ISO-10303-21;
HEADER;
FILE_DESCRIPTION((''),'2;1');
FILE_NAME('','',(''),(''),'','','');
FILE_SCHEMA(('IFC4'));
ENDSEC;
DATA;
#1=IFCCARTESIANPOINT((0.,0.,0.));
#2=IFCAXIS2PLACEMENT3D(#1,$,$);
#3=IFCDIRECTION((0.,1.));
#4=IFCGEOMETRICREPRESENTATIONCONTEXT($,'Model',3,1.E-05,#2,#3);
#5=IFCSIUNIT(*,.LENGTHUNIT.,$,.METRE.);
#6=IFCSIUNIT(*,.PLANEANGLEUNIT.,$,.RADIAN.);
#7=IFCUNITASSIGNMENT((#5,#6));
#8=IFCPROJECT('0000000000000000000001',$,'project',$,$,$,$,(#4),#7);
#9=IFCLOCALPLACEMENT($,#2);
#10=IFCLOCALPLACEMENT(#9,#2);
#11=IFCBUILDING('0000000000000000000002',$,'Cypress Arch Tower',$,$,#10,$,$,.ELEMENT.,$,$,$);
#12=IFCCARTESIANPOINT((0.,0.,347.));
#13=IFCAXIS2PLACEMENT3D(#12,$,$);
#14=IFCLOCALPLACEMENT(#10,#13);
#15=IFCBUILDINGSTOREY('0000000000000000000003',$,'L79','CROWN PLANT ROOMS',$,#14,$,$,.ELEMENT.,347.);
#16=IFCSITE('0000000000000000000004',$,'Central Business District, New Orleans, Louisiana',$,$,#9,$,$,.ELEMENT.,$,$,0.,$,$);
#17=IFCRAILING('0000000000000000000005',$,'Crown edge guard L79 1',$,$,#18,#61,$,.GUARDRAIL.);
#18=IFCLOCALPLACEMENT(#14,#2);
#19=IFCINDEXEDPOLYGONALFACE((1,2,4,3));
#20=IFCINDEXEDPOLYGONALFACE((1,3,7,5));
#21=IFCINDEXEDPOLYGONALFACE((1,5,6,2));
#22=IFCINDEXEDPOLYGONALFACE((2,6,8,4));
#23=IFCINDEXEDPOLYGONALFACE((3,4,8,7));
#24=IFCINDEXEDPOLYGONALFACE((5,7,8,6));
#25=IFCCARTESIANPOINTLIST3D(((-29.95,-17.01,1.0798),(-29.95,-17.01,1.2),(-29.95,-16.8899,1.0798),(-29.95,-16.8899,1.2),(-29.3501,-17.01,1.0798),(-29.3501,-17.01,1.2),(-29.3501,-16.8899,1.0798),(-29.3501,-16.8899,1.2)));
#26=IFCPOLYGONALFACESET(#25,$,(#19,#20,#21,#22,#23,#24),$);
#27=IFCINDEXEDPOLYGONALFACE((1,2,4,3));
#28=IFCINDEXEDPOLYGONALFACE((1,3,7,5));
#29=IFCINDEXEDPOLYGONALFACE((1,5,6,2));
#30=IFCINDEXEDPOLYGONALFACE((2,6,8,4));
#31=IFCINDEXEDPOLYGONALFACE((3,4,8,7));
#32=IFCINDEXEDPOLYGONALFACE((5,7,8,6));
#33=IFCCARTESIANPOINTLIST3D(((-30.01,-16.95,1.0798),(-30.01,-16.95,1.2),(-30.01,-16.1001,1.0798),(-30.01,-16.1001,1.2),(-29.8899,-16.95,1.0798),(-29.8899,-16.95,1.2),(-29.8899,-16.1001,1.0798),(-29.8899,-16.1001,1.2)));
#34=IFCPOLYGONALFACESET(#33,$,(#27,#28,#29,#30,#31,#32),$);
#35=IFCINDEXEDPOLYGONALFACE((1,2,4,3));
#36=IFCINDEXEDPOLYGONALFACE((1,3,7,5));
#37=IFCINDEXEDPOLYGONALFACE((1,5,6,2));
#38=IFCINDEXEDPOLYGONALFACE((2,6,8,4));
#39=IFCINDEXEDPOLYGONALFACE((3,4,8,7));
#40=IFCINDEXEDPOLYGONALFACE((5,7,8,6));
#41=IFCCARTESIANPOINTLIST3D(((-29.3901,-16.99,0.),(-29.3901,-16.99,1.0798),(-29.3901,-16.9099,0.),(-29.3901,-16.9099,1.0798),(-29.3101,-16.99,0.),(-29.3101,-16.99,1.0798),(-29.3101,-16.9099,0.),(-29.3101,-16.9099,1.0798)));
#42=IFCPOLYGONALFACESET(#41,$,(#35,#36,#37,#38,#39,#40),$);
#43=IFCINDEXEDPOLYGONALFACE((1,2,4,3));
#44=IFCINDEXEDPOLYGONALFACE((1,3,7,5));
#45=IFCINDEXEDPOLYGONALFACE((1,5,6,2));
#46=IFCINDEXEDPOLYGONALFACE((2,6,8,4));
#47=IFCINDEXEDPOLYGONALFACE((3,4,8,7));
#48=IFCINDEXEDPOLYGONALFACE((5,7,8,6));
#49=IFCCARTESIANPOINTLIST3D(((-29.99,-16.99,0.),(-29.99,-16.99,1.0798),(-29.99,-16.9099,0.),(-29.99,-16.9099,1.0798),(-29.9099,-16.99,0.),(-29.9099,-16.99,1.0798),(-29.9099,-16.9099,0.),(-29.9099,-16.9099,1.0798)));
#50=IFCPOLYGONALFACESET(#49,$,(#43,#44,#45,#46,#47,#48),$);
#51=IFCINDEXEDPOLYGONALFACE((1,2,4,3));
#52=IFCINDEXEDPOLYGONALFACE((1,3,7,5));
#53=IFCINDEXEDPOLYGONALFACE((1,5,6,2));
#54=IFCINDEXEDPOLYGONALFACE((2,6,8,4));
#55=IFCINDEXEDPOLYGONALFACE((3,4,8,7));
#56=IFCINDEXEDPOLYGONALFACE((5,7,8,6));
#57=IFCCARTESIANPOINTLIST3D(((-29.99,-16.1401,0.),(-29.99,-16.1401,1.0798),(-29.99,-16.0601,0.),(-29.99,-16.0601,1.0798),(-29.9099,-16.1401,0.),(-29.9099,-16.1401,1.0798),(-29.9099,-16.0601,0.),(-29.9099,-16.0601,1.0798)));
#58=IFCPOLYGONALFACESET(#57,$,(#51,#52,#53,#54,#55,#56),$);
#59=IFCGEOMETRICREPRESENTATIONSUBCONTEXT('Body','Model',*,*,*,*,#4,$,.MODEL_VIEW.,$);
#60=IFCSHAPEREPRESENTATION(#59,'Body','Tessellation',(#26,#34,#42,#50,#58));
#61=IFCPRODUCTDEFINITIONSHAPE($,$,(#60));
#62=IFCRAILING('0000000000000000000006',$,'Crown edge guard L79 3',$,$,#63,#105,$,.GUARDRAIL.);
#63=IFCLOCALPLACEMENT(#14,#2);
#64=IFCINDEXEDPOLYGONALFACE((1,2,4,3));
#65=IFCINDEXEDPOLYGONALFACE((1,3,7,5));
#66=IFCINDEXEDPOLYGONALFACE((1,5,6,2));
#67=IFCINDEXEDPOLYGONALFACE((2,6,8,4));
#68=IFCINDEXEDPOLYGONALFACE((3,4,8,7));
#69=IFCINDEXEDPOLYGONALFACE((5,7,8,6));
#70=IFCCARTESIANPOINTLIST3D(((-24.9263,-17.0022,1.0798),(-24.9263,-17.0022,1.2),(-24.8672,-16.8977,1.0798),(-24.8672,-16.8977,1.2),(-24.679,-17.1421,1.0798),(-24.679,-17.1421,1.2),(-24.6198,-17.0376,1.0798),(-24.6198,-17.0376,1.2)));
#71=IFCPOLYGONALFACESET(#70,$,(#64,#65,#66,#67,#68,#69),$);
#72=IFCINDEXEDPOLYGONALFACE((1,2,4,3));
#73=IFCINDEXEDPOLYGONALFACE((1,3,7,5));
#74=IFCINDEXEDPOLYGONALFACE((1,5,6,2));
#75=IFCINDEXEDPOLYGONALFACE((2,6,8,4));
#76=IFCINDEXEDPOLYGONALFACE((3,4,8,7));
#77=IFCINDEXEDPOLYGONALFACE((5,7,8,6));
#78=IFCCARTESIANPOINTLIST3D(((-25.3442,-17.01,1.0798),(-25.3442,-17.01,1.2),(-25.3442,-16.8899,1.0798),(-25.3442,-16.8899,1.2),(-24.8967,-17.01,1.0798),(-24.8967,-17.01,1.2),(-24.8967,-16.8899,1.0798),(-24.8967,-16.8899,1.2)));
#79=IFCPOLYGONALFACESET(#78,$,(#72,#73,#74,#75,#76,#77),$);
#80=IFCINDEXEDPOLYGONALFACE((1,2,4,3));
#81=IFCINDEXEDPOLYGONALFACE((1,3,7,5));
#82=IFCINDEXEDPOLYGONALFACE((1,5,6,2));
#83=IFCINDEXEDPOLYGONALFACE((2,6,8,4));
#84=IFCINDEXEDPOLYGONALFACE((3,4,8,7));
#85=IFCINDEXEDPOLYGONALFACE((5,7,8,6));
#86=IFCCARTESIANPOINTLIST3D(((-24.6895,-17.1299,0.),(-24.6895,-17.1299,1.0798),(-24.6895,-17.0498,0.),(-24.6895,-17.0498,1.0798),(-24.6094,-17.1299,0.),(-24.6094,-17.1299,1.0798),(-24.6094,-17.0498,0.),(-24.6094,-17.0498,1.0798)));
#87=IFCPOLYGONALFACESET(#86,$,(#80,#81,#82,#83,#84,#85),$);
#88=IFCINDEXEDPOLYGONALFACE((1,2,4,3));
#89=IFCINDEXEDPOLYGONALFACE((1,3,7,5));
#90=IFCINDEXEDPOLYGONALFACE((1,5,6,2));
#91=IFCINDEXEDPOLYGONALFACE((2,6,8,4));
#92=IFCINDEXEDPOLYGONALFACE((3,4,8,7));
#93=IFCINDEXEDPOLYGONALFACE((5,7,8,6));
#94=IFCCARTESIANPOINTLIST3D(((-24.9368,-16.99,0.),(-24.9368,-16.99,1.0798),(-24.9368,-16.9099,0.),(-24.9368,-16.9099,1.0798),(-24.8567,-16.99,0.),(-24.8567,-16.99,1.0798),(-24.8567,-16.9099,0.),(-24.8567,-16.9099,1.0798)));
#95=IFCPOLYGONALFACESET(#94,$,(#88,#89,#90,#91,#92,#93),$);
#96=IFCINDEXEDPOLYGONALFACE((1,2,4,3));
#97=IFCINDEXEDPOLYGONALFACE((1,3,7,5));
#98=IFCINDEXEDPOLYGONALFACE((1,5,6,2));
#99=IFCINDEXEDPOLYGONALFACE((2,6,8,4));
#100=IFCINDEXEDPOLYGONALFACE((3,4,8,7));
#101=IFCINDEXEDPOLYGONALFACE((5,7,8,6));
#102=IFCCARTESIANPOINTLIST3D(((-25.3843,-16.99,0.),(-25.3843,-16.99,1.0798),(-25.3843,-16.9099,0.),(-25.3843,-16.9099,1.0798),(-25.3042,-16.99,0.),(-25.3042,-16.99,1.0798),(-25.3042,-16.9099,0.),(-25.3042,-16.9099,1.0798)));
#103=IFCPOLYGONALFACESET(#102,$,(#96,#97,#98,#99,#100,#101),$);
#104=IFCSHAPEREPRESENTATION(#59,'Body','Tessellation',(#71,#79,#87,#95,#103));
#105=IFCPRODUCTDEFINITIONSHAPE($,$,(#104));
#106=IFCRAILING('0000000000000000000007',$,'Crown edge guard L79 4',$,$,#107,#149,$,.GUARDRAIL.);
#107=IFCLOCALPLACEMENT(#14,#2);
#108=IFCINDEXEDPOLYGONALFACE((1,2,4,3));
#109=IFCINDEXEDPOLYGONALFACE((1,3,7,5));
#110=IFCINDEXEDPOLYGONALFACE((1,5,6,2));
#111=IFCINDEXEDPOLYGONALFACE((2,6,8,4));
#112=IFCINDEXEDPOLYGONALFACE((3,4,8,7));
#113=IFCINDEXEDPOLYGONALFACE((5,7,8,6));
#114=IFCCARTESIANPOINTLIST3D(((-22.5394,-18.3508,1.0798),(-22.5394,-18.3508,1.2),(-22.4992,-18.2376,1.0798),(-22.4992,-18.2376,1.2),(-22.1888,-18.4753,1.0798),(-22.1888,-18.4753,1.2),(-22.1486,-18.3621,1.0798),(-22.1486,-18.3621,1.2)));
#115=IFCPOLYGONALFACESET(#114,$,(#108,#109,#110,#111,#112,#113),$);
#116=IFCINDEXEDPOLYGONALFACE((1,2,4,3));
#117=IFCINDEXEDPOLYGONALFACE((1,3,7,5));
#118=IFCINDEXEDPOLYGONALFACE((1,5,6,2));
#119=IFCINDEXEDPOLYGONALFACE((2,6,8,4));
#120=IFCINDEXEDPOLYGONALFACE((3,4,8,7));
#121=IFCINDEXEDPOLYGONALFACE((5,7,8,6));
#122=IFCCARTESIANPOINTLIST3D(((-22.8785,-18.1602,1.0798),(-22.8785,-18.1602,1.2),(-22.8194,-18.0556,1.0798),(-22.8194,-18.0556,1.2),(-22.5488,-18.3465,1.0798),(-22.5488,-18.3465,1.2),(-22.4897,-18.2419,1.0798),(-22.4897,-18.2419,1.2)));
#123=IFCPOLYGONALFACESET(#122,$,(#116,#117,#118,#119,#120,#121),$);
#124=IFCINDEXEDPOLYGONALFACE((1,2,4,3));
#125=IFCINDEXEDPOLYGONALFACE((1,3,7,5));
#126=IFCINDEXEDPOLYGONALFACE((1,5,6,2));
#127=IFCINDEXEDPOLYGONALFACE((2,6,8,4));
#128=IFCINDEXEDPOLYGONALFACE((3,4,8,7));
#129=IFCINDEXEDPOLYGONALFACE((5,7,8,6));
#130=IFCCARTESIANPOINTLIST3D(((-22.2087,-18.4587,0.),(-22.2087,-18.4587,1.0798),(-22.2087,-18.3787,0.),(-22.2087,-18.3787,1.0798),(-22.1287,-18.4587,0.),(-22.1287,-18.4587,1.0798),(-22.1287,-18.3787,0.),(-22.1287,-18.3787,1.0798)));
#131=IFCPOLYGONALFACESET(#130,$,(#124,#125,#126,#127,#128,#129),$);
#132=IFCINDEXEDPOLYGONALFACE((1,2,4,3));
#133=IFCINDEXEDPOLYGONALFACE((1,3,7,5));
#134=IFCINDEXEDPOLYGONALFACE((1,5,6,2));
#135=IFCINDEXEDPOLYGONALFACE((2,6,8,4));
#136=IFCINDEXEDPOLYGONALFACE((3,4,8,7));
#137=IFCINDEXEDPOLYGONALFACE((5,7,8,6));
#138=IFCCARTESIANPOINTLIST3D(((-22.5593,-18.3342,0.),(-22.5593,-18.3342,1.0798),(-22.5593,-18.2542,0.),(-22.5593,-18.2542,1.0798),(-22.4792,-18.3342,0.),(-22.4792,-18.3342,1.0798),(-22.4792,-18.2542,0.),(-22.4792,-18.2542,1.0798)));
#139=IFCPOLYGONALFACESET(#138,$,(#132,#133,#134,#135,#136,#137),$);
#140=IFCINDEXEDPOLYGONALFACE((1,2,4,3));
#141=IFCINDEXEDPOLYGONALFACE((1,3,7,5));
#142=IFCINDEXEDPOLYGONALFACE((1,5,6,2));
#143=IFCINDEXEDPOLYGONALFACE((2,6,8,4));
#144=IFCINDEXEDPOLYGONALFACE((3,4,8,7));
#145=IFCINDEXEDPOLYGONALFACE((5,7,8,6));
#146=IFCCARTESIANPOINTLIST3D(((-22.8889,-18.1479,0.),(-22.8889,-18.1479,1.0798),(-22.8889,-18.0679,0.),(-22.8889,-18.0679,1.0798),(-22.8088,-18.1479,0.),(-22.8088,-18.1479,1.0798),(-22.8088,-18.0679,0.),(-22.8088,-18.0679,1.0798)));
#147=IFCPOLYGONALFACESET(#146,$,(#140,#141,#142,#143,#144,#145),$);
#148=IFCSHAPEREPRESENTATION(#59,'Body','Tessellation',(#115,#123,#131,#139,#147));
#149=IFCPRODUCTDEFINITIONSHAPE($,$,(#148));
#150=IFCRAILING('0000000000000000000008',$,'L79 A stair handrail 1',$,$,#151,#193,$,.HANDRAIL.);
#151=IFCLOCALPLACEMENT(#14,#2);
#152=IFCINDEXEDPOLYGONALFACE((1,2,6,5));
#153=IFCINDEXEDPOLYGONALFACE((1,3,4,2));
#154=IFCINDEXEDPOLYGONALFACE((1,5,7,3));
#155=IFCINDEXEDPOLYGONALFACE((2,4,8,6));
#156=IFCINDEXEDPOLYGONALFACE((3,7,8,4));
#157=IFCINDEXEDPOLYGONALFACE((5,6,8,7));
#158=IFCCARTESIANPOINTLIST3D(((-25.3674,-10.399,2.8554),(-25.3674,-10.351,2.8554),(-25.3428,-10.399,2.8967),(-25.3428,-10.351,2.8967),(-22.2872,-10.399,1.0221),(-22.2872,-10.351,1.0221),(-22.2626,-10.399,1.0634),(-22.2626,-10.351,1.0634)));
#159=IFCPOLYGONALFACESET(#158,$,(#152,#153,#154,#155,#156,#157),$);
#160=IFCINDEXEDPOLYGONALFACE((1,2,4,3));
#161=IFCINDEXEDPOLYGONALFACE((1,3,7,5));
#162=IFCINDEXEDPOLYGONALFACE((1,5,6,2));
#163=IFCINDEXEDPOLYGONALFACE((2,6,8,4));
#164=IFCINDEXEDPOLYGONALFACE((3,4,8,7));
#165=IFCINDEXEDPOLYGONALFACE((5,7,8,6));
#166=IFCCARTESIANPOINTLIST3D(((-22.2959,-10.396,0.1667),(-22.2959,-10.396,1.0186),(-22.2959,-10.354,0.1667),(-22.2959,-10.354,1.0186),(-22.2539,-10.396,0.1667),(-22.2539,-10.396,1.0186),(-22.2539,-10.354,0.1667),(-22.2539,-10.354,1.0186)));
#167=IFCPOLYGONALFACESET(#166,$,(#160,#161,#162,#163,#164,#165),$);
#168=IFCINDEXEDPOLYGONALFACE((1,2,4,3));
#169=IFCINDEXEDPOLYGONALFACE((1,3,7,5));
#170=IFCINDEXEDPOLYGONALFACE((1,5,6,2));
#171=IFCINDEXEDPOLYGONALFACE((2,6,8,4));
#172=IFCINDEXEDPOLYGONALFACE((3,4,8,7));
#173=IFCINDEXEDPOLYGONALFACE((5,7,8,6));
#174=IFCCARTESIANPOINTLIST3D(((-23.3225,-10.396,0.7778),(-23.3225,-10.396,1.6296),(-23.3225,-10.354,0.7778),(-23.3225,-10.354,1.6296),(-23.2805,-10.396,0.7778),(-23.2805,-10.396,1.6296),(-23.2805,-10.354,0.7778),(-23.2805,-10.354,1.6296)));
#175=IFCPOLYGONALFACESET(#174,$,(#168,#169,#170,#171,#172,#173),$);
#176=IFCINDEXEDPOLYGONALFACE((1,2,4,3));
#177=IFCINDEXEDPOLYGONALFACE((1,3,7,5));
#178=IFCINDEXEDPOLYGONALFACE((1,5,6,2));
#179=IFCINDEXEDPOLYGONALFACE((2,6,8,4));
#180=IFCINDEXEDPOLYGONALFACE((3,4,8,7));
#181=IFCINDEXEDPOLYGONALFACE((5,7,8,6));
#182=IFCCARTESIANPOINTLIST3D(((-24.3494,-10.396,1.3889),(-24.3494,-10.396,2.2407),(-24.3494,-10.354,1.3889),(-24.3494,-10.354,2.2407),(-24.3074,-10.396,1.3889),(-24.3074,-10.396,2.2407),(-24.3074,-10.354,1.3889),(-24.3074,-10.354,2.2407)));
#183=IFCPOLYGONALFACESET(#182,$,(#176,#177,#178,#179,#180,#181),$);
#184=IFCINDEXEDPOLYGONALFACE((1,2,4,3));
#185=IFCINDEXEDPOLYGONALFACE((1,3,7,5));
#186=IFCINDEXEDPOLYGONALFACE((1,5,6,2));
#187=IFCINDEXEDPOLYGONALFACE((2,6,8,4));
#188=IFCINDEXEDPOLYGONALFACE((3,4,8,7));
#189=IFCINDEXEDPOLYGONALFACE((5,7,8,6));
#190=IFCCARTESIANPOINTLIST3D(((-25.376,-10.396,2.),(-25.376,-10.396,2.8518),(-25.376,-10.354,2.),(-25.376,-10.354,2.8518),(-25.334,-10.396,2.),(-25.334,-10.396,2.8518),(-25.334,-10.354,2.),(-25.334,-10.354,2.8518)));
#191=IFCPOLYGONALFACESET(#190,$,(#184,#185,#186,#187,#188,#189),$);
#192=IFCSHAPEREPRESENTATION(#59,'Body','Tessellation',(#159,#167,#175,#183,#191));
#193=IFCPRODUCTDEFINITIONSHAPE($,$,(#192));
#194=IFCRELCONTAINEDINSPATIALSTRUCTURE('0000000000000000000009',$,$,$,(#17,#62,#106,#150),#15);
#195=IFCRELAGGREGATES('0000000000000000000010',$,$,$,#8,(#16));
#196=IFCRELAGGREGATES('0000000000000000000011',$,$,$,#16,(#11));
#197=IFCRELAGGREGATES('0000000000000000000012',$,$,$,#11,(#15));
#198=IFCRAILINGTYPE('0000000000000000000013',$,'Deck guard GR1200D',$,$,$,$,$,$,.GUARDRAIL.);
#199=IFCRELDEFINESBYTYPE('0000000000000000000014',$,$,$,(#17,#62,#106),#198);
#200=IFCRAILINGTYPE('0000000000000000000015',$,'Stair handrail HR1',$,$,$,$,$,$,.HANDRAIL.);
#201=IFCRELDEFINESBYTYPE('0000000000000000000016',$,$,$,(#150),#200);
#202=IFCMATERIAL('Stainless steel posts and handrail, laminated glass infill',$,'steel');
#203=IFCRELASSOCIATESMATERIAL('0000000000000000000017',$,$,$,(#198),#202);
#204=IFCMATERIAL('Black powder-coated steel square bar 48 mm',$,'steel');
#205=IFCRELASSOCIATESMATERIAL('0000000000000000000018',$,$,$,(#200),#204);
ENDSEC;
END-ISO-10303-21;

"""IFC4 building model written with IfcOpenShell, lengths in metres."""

from ifc_helpers import new_model, si_unit, direction, frame, origin, origin_2d, place, context, subcontext, project, spatial, rectangle, extrude, material, type_object, element, save


model = new_model("IFC4")

# Units and contexts
model_context = context("Model", 3, precision=1e-05, world=origin(), true_north=direction((0.0, 1.0)))
body_context = subcontext(model_context, "Body", "Model", "MODEL_VIEW")
ifc_project = project(units=[si_unit("LENGTHUNIT", "METRE"), si_unit("PLANEANGLEUNIT", "RADIAN")], contexts=[model_context])

# Site, building, storey
site_placement = place(None, origin())
site = spatial("IfcSite", under=ifc_project, at=site_placement, Name="Central Business District, New Orleans, Louisiana", CompositionType="ELEMENT", RefElevation=0.0)
building_placement = place(site_placement, origin())
building = spatial("IfcBuilding", under=site, at=building_placement, Name="Cypress Arch Tower", CompositionType="ELEMENT")
storey_placement = place(building_placement, frame((0.0, 0.0, 347.0)))
storey = spatial("IfcBuildingStorey", under=building, at=storey_placement, Name="L79", Description="CROWN PLANT ROOMS", CompositionType="ELEMENT", Elevation=347.0)

# Railings
ifc_material_1 = material(Name="Stainless steel posts and handrail, laminated glass infill", Category="steel")
railing_type_1 = type_object("IfcRailingType", Name="Deck guard GR1200D", PredefinedType="GUARDRAIL", material=ifc_material_1)
railing_1_placement = place(storey_placement, frame((-29.3501, -16.95, 0.0)))
element("IfcRailing", 1, at=railing_1_placement, inside=storey, type_object=railing_type_1, Name="Crown edge guard L79 1", PredefinedType="GUARDRAIL", context=body_context, shape_type="SweptSolid", body=[
    extrude(rectangle(XDim=0.1201, YDim=0.1201, at=origin_2d()), frame((0.0, 0.0, 1.1399), z_axis=(-1.0, 0.0, 0.0), x_axis=(0.0, -1.0, 0.0)), (0.0, 0.0, 1.0), 0.5999),
    extrude(rectangle(XDim=0.1201, YDim=0.1201, at=origin_2d()), frame((-0.5999, 0.0, 1.1399), z_axis=(0.0, 1.0, 0.0), x_axis=(-1.0, 0.0, 0.0)), (0.0, 0.0, 1.0), 0.8499),
    extrude(rectangle(XDim=0.0801, YDim=0.0801, at=origin_2d()), origin(), (0.0, 0.0, 1.0), 1.0798),
    extrude(rectangle(XDim=0.0801, YDim=0.0801, at=origin_2d()), frame((-0.5999, 0.0, 0.0)), (0.0, 0.0, 1.0), 1.0798),
    extrude(rectangle(XDim=0.0801, YDim=0.0801, at=origin_2d()), frame((-0.5999, 0.8499, 0.0)), (0.0, 0.0, 1.0), 1.0798),
])
railing_2_placement = place(storey_placement, frame((-24.6494, -17.0898, 0.0)))
element("IfcRailing", 2, at=railing_2_placement, inside=storey, type_object=railing_type_1, Name="Crown edge guard L79 3", PredefinedType="GUARDRAIL", context=body_context, shape_type="SweptSolid", body=[
    extrude(rectangle(XDim=0.1201, YDim=0.1201, at=origin_2d()), frame((0.0, 0.0, 1.1399), z_axis=(-0.870403, 0.49234, 0.0), x_axis=(-0.49234, -0.870403, 0.0)), (0.0, 0.0, 1.0), 0.2842),
    extrude(rectangle(XDim=0.1201, YDim=0.1201, at=origin_2d()), frame((-0.2473, 0.1399, 1.1399), z_axis=(-1.0, 0.0, 0.0), x_axis=(0.0, -1.0, 0.0)), (0.0, 0.0, 1.0), 0.4475),
    extrude(rectangle(XDim=0.0801, YDim=0.0801, at=origin_2d()), origin(), (0.0, 0.0, 1.0), 1.0798),
    extrude(rectangle(XDim=0.0801, YDim=0.0801, at=origin_2d()), frame((-0.2473, 0.1399, 0.0)), (0.0, 0.0, 1.0), 1.0798),
    extrude(rectangle(XDim=0.0801, YDim=0.0801, at=origin_2d()), frame((-0.6948, 0.1399, 0.0)), (0.0, 0.0, 1.0), 1.0798),
])
railing_3_placement = place(storey_placement, frame((-22.1687, -18.4187, 0.0)))
element("IfcRailing", 3, at=railing_3_placement, inside=storey, type_object=railing_type_1, Name="Crown edge guard L79 4", PredefinedType="GUARDRAIL", context=body_context, shape_type="SweptSolid", body=[
    extrude(rectangle(XDim=0.1201, YDim=0.1201, at=origin_2d()), frame((0.0, 0.0, 1.1399), z_axis=(-0.942334, 0.334673, 0.0), x_axis=(-0.334673, -0.942334, 0.0)), (0.0, 0.0, 1.0), 0.3721),
    extrude(rectangle(XDim=0.1201, YDim=0.1201, at=origin_2d()), frame((-0.3506, 0.1245, 1.1399), z_axis=(-0.870575, 0.492036, 0.0), x_axis=(-0.492036, -0.870575, 0.0)), (0.0, 0.0, 1.0), 0.3787),
    extrude(rectangle(XDim=0.0801, YDim=0.0801, at=origin_2d()), origin(), (0.0, 0.0, 1.0), 1.0798),
    extrude(rectangle(XDim=0.0801, YDim=0.0801, at=origin_2d()), frame((-0.3506, 0.1245, 0.0)), (0.0, 0.0, 1.0), 1.0798),
    extrude(rectangle(XDim=0.0801, YDim=0.0801, at=origin_2d()), frame((-0.6802, 0.3108, 0.0)), (0.0, 0.0, 1.0), 1.0798),
])
ifc_material_2 = material(Name="Black powder-coated steel square bar 48 mm", Category="steel")
railing_type_2 = type_object("IfcRailingType", Name="Stair handrail HR1", PredefinedType="HANDRAIL", material=ifc_material_2)
railing_4_placement = place(storey_placement, frame((-22.2749, -10.375, 0.1667)))
element("IfcRailing", 4, at=railing_4_placement, inside=storey, type_object=railing_type_2, Name="L79 A stair handrail 1", PredefinedType="HANDRAIL", context=body_context, shape_type="SweptSolid", body=[
    extrude(rectangle(XDim=0.0481, YDim=0.0481, at=origin_2d()), frame((0.0, 0.0, 0.876), z_axis=(-0.859309, 0.0, 0.511458), x_axis=(0.0, -1.0, 0.0)), (0.0, 0.0, 1.0), 3.5845),
    extrude(rectangle(XDim=0.042, YDim=0.042, at=origin_2d()), origin(), (0.0, 0.0, 1.0), 0.8518),
    extrude(rectangle(XDim=0.042, YDim=0.042, at=origin_2d()), frame((-1.0266, 0.0, 0.6111)), (0.0, 0.0, 1.0), 0.8518),
    extrude(rectangle(XDim=0.042, YDim=0.042, at=origin_2d()), frame((-2.0535, 0.0, 1.2222)), (0.0, 0.0, 1.0), 0.8518),
    extrude(rectangle(XDim=0.042, YDim=0.042, at=origin_2d()), frame((-3.0801, 0.0, 1.8333)), (0.0, 0.0, 1.0), 0.8518),
])

save(model, "model.ifc")
